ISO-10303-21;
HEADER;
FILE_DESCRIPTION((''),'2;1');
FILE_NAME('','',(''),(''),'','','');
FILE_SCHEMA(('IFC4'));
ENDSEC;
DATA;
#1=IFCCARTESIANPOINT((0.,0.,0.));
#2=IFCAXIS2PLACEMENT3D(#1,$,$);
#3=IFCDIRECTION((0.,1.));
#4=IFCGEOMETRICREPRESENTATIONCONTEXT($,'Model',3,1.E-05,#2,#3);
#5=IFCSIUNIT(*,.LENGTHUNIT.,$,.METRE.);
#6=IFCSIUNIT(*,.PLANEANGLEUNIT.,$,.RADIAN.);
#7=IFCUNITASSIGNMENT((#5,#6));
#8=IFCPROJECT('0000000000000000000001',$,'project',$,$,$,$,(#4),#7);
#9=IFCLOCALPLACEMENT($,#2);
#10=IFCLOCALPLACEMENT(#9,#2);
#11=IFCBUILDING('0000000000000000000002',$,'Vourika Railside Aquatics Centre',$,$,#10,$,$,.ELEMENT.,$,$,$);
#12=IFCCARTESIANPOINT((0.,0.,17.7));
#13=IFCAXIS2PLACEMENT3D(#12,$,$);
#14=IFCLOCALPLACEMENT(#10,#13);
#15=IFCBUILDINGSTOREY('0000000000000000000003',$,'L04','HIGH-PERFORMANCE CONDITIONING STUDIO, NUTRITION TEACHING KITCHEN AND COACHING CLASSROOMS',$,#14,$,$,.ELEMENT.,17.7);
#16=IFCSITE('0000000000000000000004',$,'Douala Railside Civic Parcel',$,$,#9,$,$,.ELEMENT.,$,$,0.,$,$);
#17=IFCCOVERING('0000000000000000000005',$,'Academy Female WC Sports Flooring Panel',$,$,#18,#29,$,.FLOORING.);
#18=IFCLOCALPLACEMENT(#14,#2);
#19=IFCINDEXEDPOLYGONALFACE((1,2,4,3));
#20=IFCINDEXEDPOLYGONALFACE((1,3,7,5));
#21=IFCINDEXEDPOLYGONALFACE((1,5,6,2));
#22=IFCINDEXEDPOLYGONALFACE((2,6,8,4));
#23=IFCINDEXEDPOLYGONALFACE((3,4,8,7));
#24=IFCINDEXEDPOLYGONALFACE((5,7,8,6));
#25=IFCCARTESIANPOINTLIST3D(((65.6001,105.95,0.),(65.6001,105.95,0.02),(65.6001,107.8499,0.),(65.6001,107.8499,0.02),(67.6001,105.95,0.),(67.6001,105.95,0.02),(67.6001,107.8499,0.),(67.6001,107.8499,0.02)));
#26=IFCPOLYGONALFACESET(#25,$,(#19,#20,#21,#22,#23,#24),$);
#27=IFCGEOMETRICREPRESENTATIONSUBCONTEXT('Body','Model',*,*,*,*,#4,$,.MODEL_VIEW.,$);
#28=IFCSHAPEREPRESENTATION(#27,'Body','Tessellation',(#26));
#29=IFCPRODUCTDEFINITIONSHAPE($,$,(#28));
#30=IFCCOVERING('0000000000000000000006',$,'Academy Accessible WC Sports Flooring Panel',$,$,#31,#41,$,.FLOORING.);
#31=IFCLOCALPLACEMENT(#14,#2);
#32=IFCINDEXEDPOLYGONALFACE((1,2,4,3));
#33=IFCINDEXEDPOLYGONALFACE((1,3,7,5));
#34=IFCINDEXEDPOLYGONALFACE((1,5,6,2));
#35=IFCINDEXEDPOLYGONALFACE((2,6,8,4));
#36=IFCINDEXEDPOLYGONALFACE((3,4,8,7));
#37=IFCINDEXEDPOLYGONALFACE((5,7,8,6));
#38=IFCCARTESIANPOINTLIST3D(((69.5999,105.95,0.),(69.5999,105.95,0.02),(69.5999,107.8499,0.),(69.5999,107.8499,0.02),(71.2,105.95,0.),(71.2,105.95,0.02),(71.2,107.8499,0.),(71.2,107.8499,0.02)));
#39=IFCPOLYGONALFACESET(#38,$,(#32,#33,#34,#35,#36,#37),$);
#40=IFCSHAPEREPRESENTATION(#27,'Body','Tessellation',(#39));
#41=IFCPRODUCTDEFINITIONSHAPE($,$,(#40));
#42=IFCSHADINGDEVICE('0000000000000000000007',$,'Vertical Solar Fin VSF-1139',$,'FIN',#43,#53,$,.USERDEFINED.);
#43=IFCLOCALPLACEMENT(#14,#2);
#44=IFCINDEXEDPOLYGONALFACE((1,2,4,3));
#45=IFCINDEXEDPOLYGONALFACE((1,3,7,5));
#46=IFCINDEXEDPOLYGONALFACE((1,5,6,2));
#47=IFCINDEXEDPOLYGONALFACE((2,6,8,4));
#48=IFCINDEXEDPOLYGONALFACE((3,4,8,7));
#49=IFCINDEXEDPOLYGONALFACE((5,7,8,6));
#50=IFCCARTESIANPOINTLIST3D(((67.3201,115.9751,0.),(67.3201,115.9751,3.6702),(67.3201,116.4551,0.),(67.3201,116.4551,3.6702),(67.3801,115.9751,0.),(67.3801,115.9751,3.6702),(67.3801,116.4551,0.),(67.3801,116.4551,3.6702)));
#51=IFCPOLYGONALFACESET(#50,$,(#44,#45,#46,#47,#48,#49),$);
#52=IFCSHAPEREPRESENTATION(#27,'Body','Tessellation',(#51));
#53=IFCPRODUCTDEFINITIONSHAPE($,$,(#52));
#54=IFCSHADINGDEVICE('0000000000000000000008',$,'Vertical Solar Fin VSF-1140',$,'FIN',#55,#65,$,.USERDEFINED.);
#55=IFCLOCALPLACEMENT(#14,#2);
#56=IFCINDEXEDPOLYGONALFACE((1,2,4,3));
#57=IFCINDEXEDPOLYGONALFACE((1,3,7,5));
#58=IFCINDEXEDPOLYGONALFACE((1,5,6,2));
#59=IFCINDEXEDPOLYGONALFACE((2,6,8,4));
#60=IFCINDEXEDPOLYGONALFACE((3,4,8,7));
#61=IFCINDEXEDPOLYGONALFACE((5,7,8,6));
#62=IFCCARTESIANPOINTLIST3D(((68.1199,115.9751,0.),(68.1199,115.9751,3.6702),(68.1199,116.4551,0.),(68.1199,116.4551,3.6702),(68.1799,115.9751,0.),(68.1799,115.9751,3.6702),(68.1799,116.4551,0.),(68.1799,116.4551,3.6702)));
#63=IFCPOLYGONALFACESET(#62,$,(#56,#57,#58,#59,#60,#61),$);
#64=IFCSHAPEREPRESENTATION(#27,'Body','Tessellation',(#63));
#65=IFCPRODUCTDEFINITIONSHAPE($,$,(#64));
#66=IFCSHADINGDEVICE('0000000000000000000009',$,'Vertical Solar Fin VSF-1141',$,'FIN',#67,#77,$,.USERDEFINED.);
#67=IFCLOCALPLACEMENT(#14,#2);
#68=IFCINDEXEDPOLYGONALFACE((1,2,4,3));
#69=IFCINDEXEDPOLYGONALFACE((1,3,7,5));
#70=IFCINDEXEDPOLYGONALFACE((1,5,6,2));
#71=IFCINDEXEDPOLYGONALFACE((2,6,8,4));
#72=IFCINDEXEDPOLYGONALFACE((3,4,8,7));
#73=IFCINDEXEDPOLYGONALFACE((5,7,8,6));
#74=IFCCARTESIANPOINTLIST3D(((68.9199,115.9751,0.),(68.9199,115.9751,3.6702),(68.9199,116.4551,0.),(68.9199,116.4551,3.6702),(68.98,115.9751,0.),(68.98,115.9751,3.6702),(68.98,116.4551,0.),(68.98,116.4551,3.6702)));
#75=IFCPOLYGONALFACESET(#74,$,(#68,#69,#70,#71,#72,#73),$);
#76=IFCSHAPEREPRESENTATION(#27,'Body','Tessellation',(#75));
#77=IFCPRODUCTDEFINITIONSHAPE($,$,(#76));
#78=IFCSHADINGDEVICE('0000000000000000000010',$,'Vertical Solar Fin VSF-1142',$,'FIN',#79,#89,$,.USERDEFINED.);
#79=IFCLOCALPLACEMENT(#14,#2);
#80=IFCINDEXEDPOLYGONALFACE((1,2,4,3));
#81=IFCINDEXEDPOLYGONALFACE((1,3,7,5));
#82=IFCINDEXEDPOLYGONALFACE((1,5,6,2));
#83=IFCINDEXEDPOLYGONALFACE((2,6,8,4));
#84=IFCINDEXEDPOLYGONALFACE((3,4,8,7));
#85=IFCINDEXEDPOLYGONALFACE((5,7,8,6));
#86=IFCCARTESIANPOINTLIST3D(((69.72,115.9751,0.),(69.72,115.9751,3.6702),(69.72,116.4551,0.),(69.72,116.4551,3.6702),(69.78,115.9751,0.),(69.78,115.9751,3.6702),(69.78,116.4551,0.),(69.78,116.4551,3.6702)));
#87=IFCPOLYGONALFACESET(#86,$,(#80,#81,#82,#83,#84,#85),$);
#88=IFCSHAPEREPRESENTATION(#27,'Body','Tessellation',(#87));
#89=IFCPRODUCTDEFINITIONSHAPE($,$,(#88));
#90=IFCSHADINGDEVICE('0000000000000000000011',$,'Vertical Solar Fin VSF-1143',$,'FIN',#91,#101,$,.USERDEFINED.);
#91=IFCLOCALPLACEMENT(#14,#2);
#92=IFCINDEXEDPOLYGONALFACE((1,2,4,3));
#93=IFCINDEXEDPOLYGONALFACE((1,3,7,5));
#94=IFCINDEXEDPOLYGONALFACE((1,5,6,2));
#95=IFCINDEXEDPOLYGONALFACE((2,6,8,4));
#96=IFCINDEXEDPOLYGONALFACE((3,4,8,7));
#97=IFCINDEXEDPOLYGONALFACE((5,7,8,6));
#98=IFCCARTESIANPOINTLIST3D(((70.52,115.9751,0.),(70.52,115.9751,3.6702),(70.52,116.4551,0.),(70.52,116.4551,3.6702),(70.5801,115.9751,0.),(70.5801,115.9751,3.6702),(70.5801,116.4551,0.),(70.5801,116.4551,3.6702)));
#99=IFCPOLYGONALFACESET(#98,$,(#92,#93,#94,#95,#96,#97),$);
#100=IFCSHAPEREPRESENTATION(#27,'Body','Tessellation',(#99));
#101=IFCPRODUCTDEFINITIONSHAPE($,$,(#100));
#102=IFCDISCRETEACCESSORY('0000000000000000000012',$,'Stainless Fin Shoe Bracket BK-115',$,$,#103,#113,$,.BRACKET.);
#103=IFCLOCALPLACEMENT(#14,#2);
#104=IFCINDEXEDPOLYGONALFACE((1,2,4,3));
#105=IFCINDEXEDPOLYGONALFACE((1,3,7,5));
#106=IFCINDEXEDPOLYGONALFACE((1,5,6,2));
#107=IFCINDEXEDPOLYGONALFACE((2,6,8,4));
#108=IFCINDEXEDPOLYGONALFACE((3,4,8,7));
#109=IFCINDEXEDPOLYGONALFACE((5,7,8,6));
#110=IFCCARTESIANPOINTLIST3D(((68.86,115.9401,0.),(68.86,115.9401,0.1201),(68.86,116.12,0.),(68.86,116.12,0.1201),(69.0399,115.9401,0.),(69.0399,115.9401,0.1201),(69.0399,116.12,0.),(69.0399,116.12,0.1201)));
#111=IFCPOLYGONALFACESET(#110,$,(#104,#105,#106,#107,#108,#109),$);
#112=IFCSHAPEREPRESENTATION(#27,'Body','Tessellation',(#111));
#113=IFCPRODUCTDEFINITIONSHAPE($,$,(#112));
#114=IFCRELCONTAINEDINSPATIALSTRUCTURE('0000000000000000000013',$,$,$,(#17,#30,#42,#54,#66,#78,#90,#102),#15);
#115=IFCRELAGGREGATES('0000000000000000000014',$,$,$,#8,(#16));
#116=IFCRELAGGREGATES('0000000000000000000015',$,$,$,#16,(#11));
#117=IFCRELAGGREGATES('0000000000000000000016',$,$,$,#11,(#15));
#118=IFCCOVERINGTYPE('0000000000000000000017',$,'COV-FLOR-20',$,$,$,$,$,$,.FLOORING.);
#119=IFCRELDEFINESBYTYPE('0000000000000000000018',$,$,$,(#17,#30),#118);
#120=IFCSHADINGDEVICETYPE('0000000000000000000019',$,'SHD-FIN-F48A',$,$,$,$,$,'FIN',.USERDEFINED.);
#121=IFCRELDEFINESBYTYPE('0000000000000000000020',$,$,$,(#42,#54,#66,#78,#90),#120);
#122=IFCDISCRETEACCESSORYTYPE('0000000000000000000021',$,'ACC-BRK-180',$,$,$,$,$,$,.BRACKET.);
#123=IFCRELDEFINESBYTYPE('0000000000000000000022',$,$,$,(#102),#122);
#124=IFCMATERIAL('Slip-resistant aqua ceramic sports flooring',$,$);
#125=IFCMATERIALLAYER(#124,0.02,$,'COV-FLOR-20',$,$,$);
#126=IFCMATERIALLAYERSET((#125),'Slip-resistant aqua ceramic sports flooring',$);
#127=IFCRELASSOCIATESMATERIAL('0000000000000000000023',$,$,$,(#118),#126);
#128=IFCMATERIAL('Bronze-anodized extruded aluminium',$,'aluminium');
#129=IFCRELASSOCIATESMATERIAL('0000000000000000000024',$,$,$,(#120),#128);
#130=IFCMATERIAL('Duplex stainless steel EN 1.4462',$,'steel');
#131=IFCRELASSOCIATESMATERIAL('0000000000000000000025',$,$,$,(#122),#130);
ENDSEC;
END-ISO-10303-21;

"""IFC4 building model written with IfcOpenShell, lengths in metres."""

from ifc_helpers import new_model, si_unit, direction, frame, origin, origin_2d, place, context, subcontext, project, spatial, rectangle, extrude, material, layer, layer_set, material_profile, profile_set, type_object, element, save


model = new_model("IFC4")

# Units and contexts
model_context = context("Model", 3, precision=1e-05, world=origin(), true_north=direction((0.0, 1.0)))
body_context = subcontext(model_context, "Body", "Model", "MODEL_VIEW")
ifc_project = project(units=[si_unit("LENGTHUNIT", "METRE"), si_unit("PLANEANGLEUNIT", "RADIAN")], contexts=[model_context])

# Site, building, storey
site_placement = place(None, origin())
site = spatial("IfcSite", under=ifc_project, at=site_placement, Name="Douala Railside Civic Parcel", CompositionType="ELEMENT", RefElevation=0.0)
building_placement = place(site_placement, origin())
building = spatial("IfcBuilding", under=site, at=building_placement, Name="Vourika Railside Aquatics Centre", CompositionType="ELEMENT")
storey_placement = place(building_placement, frame((0.0, 0.0, 17.7)))
storey = spatial("IfcBuildingStorey", under=building, at=storey_placement, Name="L04", Description="HIGH-PERFORMANCE CONDITIONING STUDIO, NUTRITION TEACHING KITCHEN AND COACHING CLASSROOMS", CompositionType="ELEMENT", Elevation=17.7)

# Coverings
ifc_material_1 = material(Name="Slip-resistant aqua ceramic sports flooring")
ifc_layer_1 = layer(ifc_material_1, 0.02, Name="COV-FLOR-20")
ifc_layer_set_1 = layer_set([ifc_layer_1], Name="Slip-resistant aqua ceramic sports flooring")
covering_type = type_object("IfcCoveringType", Name="COV-FLOR-20", PredefinedType="FLOORING", material=ifc_layer_set_1)
covering_1_placement = place(storey_placement, frame((66.6001, 106.8999, 0.0), z_axis=(0.0, 0.0, 1.0), x_axis=(1.0, 0.0, 0.0)))
element("IfcCovering", 1, at=covering_1_placement, inside=storey, type_object=covering_type, Name="Academy Female WC Sports Flooring Panel", PredefinedType="FLOORING", context=body_context, shape_type="SweptSolid", body=[
    extrude(rectangle(XDim=2.0, YDim=1.8999, at=origin_2d()), origin(), (0.0, 0.0, 1.0), 0.02),
])
covering_2_placement = place(storey_placement, frame((70.3999, 106.8999, 0.0), z_axis=(0.0, 0.0, 1.0), x_axis=(1.0, 0.0, 0.0)))
element("IfcCovering", 2, at=covering_2_placement, inside=storey, type_object=covering_type, Name="Academy Accessible WC Sports Flooring Panel", PredefinedType="FLOORING", context=body_context, shape_type="SweptSolid", body=[
    extrude(rectangle(XDim=1.6001, YDim=1.8999, at=origin_2d()), origin(), (0.0, 0.0, 1.0), 0.02),
])

# Shading devices
ifc_material_2 = material(Name="Bronze-anodized extruded aluminium", Category="aluminium")
ifc_material_profile_1 = material_profile(ifc_material_2, rectangle(XDim=0.0601, YDim=0.48, at=origin_2d()), Name="ALU-FIN 60x480")
ifc_profile_set_1 = profile_set([ifc_material_profile_1], Name="Bronze-anodized extruded aluminium")
shading_device_type = type_object("IfcShadingDeviceType", Name="SHD-FIN-F48A", ElementType="FIN", PredefinedType="USERDEFINED", material=ifc_profile_set_1)
for number, where, z_axis, x_axis, name in (
    (3, (67.3501, 116.2151, 0.0), (0.0, 0.0, 1.0), (1.0, 0.0, 0.0), "Vertical Solar Fin VSF-1139"),
    (4, (68.1499, 116.2151, 0.0), (0.0, 0.0, 1.0), (1.0, 0.0, 0.0), "Vertical Solar Fin VSF-1140"),
    (5, (68.95, 116.2151, 0.0), (0.0, 0.0, 1.0), (1.0, 0.0, 0.0), "Vertical Solar Fin VSF-1141"),
    (6, (69.75, 116.2151, 0.0), (0.0, 0.0, 1.0), (1.0, 0.0, 0.0), "Vertical Solar Fin VSF-1142"),
    (7, (70.55, 116.2151, 0.0), (0.0, 0.0, 1.0), (1.0, 0.0, 0.0), "Vertical Solar Fin VSF-1143"),
):
    element("IfcShadingDevice", number, at=place(storey_placement, frame(where, z_axis=z_axis, x_axis=x_axis)), inside=storey, type_object=shading_device_type, Name=name, ObjectType="FIN", PredefinedType="USERDEFINED", context=body_context, shape_type="SweptSolid", body=[
        extrude(rectangle(XDim=0.0601, YDim=0.48, at=origin_2d()), origin(), (0.0, 0.0, 1.0), 3.6702),
    ])

# Discrete accessory
ifc_material_3 = material(Name="Duplex stainless steel EN 1.4462", Category="steel")
discrete_accessory_type = type_object("IfcDiscreteAccessoryType", Name="ACC-BRK-180", PredefinedType="BRACKET", material=ifc_material_3)
discrete_accessory_placement = place(storey_placement, frame((68.95, 116.03, 0.0), z_axis=(0.0, 0.0, 1.0), x_axis=(0.0, 1.0, 0.0)))
element("IfcDiscreteAccessory", 8, at=discrete_accessory_placement, inside=storey, type_object=discrete_accessory_type, Name="Stainless Fin Shoe Bracket BK-115", PredefinedType="BRACKET", context=body_context, shape_type="SweptSolid", body=[
    extrude(rectangle(XDim=0.1799, YDim=0.1799, at=origin_2d()), origin(), (0.0, 0.0, 1.0), 0.1201),
])

save(model, "model.ifc")
